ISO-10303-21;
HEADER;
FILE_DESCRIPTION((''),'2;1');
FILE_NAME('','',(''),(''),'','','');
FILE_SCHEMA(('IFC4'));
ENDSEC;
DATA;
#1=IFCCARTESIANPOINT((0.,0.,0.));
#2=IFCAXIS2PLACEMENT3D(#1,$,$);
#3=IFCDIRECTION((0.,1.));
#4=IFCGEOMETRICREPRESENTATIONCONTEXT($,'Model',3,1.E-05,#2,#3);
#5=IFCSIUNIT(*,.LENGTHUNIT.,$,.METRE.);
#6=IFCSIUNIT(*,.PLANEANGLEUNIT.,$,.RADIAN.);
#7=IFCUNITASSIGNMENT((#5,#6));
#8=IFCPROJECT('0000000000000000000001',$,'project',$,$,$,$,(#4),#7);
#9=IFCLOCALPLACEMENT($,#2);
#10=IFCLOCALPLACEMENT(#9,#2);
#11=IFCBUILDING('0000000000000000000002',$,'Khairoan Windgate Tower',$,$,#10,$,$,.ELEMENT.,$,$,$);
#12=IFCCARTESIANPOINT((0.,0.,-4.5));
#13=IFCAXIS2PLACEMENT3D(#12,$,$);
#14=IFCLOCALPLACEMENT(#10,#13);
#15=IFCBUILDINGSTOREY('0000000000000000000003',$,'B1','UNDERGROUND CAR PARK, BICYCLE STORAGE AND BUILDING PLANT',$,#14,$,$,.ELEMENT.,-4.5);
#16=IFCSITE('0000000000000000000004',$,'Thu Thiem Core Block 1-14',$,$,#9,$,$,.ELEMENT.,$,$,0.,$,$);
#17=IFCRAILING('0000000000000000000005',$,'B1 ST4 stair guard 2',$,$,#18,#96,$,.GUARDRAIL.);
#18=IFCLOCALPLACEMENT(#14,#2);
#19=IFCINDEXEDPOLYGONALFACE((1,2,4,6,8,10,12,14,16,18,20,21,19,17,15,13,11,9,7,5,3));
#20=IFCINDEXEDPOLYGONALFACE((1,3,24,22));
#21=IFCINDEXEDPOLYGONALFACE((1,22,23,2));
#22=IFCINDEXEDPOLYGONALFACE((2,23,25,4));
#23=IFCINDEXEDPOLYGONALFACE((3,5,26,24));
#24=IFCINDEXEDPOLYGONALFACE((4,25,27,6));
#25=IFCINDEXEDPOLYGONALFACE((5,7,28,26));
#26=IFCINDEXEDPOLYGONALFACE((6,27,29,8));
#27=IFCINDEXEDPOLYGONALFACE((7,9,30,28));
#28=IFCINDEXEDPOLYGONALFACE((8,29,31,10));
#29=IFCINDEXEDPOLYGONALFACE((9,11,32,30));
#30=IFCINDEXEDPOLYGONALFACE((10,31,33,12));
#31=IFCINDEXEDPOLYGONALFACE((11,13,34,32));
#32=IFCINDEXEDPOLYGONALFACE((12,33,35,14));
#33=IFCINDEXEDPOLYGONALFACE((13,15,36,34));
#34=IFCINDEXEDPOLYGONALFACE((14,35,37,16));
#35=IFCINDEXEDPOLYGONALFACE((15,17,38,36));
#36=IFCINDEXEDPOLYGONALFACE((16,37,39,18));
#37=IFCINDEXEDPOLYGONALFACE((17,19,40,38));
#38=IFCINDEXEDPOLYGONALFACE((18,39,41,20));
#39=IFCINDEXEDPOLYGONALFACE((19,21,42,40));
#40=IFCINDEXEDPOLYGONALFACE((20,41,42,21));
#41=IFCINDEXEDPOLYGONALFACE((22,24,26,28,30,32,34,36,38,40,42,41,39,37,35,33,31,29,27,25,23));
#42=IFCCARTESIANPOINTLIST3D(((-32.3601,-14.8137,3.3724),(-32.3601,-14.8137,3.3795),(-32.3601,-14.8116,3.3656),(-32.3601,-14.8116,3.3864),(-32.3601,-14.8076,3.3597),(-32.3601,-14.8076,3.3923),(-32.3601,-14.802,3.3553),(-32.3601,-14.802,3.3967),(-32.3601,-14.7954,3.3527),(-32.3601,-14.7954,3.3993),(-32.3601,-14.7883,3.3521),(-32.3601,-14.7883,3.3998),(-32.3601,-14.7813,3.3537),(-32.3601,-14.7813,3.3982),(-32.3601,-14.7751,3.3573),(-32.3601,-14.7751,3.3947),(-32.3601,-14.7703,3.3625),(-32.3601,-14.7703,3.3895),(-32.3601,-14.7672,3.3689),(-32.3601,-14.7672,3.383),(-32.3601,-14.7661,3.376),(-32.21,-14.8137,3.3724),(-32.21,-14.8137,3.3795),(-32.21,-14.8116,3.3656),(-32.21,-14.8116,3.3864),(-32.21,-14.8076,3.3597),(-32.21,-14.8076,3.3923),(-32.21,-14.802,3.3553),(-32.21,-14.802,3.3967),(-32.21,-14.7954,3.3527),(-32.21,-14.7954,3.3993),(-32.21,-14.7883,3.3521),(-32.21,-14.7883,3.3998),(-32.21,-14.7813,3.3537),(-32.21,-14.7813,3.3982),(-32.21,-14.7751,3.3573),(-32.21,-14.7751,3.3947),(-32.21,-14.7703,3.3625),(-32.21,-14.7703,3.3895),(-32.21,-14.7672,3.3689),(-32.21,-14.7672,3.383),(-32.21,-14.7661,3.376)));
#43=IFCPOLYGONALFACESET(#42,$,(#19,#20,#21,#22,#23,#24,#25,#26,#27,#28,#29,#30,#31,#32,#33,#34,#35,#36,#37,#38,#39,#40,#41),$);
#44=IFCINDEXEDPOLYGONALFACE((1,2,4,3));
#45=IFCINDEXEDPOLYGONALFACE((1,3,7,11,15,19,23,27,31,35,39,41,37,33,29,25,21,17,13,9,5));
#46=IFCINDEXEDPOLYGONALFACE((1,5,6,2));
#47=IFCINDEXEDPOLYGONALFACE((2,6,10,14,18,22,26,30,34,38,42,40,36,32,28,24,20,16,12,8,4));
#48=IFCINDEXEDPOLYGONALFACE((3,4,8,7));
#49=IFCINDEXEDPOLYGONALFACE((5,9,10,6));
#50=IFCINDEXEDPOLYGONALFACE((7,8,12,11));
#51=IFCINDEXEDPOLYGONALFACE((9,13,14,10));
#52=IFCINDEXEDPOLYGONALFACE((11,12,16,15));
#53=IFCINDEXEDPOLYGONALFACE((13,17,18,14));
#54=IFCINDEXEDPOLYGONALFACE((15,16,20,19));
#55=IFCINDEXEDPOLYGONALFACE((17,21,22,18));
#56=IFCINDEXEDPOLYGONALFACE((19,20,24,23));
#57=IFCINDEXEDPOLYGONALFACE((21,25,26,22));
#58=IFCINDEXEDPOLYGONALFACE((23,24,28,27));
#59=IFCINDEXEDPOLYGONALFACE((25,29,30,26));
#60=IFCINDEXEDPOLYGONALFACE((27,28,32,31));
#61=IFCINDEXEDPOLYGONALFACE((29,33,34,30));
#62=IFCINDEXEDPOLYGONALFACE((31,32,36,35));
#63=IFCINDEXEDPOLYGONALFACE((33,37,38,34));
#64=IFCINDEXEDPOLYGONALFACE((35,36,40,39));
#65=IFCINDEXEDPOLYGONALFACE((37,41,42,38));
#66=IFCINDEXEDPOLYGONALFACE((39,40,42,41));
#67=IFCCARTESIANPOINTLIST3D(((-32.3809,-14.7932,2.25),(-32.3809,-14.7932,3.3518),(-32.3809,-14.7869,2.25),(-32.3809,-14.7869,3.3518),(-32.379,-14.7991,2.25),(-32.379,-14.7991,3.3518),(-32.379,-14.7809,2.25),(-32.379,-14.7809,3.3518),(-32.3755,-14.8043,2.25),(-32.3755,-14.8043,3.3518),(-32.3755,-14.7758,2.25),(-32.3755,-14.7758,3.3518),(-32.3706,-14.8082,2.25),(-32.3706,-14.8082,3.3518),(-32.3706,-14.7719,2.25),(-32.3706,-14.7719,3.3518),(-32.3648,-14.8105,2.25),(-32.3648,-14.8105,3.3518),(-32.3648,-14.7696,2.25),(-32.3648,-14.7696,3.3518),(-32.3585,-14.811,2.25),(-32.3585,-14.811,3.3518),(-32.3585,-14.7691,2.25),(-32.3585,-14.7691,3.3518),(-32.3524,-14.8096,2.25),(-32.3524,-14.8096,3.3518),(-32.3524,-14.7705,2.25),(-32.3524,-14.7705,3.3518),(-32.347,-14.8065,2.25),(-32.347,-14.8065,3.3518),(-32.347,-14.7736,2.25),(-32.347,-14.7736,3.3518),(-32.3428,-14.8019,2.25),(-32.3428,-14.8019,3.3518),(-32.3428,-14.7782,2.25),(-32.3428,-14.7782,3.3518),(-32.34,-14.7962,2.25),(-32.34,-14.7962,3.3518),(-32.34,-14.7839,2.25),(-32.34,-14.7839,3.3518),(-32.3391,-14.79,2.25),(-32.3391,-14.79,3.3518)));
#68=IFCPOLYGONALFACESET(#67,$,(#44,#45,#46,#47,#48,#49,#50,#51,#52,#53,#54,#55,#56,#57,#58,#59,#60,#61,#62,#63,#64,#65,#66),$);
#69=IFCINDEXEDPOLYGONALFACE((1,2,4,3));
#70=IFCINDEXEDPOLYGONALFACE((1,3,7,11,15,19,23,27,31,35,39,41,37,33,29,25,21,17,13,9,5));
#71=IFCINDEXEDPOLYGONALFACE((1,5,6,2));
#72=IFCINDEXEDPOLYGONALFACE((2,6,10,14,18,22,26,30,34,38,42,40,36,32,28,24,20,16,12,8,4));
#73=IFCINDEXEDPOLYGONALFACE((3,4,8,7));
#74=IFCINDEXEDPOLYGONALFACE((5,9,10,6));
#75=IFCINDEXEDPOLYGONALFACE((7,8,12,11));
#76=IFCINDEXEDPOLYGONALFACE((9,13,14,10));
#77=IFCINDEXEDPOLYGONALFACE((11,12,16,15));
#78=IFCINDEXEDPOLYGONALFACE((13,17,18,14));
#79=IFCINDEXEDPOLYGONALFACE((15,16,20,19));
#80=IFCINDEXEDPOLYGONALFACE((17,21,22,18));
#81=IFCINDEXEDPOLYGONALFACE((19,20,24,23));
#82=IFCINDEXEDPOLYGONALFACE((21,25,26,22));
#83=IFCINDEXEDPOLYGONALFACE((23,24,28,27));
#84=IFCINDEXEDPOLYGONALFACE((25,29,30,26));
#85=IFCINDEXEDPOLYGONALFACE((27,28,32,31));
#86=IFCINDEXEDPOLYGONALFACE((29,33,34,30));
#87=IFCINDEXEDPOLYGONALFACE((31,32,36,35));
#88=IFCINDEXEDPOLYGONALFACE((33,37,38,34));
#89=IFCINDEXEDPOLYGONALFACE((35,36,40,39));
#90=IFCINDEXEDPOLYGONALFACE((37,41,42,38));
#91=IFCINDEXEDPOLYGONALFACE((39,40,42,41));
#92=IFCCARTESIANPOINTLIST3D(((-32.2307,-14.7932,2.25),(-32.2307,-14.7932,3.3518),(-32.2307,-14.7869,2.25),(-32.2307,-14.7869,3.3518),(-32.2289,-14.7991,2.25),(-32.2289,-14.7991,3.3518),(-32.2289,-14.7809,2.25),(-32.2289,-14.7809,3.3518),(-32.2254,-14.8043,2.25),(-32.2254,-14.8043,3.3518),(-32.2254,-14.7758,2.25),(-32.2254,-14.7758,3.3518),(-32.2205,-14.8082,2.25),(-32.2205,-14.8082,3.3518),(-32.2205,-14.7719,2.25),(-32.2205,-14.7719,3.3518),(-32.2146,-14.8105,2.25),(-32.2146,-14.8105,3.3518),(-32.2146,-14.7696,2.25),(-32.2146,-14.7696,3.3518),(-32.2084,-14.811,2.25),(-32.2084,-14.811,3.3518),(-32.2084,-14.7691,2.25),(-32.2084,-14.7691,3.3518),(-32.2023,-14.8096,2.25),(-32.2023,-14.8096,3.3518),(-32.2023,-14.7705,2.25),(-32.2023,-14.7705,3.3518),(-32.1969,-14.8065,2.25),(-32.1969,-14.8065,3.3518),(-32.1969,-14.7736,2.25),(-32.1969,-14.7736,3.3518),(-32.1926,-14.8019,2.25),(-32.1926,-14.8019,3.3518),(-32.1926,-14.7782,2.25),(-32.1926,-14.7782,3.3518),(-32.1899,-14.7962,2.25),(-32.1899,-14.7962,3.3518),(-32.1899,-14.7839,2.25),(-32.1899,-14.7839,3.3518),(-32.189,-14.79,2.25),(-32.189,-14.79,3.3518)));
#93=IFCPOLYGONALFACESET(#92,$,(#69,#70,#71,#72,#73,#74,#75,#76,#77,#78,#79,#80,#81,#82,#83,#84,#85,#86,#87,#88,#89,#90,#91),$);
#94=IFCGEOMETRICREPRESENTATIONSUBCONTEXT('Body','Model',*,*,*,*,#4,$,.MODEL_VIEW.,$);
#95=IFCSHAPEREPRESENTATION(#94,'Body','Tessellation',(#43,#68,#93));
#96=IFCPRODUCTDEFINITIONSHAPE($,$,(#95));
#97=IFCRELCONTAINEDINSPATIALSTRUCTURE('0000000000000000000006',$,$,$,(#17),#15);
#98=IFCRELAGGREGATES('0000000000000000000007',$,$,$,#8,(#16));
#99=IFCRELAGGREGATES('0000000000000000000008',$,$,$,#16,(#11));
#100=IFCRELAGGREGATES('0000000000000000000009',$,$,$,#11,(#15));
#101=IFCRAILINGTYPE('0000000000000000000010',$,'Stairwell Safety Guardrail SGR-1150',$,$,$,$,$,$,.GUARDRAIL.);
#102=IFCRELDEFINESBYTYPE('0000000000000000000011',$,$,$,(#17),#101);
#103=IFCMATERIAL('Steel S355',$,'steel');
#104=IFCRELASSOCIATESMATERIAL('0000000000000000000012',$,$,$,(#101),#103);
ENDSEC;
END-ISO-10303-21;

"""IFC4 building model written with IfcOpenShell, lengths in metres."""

from ifc_helpers import new_model, si_unit, direction, frame, origin, origin_2d, place, context, subcontext, project, spatial, circle, extrude, material, type_object, element, save


model = new_model("IFC4")

# Units and contexts
model_context = context("Model", 3, precision=1e-05, world=origin(), true_north=direction((0.0, 1.0)))
body_context = subcontext(model_context, "Body", "Model", "MODEL_VIEW")
ifc_project = project(units=[si_unit("LENGTHUNIT", "METRE"), si_unit("PLANEANGLEUNIT", "RADIAN")], contexts=[model_context])

# Site, building, storey
site_placement = place(None, origin())
site = spatial("IfcSite", under=ifc_project, at=site_placement, Name="Thu Thiem Core Block 1-14", CompositionType="ELEMENT", RefElevation=0.0)
building_placement = place(site_placement, origin())
building = spatial("IfcBuilding", under=site, at=building_placement, Name="Khairoan Windgate Tower", CompositionType="ELEMENT")
storey_placement = place(building_placement, frame((0.0, 0.0, -4.5)))
storey = spatial("IfcBuildingStorey", under=building, at=storey_placement, Name="B1", Description="UNDERGROUND CAR PARK, BICYCLE STORAGE AND BUILDING PLANT", CompositionType="ELEMENT", Elevation=-4.5)

# Railing
ifc_material_1 = material(Name="Steel S355", Category="steel")
railing_type_1 = type_object("IfcRailingType", Name="Stairwell Safety Guardrail SGR-1150", PredefinedType="GUARDRAIL", material=ifc_material_1)
railing_1_placement = place(storey_placement, frame((-32.3601, -14.79, 2.25)))
element("IfcRailing", 1, at=railing_1_placement, inside=storey, type_object=railing_type_1, Name="B1 ST4 stair guard 2", PredefinedType="GUARDRAIL", context=body_context, shape_type="SweptSolid", body=[
    extrude(circle(Radius=0.0239, at=origin_2d()), frame((0.0, 0.0, 1.126), z_axis=(1.0, 0.0, 0.0), x_axis=(0.0, 1.0, 0.0)), (0.0, 0.0, 1.0), 0.1501),
    extrude(circle(Radius=0.021, at=origin_2d()), origin(), (0.0, 0.0, 1.0), 1.1018),
    extrude(circle(Radius=0.021, at=origin_2d()), frame((0.1501, 0.0, 0.0)), (0.0, 0.0, 1.0), 1.1018),
])

save(model, "model.ifc")
